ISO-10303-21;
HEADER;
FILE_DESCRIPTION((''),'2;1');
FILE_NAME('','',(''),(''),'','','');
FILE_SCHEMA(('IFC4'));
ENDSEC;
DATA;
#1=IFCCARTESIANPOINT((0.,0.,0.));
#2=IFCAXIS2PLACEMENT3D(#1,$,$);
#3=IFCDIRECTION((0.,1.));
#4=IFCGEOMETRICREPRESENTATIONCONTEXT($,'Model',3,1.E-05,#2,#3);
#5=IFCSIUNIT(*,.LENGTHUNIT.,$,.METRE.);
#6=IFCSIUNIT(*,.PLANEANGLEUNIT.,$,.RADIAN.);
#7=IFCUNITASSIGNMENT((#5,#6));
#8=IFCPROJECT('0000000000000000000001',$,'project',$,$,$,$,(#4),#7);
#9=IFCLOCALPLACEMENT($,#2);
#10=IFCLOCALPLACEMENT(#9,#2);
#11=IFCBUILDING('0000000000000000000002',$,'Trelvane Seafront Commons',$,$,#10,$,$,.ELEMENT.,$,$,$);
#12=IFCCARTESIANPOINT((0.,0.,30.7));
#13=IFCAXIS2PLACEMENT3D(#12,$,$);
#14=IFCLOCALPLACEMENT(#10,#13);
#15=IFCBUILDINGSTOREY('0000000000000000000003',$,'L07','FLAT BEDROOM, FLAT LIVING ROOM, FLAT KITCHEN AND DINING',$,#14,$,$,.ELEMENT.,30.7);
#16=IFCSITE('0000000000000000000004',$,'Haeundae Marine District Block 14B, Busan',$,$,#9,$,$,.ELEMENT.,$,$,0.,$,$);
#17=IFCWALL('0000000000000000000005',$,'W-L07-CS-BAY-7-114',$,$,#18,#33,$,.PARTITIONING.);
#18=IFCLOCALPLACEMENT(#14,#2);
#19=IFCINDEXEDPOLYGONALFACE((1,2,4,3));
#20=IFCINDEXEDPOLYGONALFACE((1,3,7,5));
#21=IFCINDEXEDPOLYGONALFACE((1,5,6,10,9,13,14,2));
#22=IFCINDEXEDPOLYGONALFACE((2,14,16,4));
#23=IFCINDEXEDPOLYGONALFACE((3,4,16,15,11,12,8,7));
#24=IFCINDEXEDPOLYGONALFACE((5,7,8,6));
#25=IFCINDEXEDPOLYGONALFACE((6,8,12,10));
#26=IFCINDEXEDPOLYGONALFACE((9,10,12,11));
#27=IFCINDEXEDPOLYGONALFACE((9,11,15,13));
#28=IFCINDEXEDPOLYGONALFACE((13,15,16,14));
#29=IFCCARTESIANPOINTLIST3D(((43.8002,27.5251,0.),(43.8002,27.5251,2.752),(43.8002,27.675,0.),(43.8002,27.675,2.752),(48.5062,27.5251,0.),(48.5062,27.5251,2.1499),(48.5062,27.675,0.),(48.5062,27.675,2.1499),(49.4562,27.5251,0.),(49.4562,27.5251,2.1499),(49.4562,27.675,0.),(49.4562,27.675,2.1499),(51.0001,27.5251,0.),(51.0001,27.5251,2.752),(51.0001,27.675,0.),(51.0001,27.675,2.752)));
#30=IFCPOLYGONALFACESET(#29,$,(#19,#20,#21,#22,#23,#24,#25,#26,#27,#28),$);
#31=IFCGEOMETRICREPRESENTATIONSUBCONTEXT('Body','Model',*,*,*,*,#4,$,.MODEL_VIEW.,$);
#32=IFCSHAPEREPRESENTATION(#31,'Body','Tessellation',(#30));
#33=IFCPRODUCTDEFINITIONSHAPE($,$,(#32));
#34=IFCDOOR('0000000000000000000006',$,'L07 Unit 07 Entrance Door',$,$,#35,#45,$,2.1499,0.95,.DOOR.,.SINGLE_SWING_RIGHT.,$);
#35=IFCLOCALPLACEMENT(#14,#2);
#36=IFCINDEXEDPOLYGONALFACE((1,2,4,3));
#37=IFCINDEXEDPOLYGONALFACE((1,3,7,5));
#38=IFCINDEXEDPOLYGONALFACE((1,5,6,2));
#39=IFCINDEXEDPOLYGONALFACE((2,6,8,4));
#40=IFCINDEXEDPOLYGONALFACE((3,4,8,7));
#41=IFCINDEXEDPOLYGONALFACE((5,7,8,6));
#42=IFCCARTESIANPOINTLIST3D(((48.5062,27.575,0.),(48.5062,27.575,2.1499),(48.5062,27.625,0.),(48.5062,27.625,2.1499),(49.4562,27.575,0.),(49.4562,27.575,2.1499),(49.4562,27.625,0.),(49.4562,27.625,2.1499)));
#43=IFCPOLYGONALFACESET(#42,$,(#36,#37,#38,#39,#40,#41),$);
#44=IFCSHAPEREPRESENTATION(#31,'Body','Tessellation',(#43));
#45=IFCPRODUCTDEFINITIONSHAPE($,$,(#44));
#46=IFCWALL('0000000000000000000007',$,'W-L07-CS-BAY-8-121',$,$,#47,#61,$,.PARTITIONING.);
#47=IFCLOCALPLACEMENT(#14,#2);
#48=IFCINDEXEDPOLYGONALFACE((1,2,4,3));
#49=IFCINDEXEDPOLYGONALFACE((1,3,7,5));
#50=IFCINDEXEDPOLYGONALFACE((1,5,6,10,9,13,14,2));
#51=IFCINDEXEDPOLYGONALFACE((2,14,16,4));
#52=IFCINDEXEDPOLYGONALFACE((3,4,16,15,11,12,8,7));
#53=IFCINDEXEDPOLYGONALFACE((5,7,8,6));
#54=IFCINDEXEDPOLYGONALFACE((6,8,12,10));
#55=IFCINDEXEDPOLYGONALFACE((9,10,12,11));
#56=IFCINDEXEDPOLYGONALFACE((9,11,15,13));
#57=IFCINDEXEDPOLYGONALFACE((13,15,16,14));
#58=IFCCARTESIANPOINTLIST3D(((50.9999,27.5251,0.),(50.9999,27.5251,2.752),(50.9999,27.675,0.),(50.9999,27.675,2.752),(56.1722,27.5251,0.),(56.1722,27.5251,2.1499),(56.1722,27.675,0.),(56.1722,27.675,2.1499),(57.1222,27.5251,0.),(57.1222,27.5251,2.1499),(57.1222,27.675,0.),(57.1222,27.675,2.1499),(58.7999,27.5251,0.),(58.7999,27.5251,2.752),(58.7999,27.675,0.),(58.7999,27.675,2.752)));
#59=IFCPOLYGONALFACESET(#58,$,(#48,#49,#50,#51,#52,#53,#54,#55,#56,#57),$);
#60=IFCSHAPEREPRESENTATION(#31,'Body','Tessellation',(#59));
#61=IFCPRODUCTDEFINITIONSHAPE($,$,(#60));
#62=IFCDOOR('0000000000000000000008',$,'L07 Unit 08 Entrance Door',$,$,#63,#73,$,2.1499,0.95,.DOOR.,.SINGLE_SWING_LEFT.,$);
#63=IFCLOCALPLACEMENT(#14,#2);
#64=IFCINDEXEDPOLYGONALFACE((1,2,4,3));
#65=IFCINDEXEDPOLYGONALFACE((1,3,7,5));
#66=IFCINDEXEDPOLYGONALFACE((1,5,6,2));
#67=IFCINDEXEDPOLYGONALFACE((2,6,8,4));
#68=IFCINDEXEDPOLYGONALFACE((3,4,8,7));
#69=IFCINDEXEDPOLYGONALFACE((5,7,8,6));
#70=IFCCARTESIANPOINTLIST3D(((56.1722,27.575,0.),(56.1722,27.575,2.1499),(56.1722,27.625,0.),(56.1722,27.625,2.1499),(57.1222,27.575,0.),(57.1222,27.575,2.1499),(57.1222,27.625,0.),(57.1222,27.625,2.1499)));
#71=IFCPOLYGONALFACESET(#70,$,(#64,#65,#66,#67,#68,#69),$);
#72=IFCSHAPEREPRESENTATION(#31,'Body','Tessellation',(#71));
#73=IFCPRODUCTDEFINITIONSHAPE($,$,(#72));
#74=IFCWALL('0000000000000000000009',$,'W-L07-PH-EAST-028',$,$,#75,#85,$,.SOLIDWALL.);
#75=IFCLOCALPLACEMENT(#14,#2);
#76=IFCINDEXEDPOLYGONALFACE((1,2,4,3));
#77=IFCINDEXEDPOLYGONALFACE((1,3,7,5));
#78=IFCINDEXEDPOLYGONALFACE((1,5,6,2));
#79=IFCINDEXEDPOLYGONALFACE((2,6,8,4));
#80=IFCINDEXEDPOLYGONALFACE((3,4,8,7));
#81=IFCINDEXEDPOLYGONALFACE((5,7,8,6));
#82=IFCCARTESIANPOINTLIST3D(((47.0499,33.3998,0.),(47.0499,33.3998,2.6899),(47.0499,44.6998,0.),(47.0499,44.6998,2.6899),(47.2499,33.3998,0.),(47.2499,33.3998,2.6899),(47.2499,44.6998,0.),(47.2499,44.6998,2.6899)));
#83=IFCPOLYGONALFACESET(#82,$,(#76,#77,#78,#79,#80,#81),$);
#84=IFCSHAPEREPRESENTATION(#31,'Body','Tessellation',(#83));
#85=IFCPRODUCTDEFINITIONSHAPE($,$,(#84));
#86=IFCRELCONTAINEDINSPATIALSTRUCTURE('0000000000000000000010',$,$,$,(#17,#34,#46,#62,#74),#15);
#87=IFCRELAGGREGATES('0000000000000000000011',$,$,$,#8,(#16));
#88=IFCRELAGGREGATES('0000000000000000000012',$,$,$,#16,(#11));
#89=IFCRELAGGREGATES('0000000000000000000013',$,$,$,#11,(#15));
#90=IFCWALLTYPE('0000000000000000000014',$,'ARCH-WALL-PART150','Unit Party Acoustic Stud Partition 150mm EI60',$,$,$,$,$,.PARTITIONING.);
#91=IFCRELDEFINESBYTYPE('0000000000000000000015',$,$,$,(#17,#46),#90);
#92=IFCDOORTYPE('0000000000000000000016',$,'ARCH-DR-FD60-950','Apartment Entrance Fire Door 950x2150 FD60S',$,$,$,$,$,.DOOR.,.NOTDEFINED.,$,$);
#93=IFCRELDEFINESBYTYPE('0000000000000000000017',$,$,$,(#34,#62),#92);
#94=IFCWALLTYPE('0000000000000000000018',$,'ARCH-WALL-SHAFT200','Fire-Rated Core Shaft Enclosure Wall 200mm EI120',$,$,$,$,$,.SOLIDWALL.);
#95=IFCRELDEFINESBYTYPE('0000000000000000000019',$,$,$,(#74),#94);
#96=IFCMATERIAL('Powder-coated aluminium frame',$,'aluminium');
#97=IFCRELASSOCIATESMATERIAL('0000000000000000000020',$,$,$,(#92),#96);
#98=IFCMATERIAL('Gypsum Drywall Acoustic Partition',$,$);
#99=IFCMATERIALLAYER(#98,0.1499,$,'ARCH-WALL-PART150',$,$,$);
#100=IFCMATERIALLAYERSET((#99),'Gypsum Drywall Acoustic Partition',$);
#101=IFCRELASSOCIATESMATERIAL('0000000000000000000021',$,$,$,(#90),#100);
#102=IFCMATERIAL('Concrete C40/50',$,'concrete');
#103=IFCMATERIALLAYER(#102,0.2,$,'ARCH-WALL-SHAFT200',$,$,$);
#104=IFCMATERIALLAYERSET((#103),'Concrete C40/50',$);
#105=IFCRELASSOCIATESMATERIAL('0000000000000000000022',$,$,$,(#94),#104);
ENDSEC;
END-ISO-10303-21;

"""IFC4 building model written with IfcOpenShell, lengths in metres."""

from ifc_helpers import new_model, si_unit, direction, frame, frame_2d, origin, place, context, subcontext, project, spatial, rectangle, extrude, source, transform, mapped, material, layer, layer_set, type_object, element, fill, save


model = new_model("IFC4")

# Units and contexts
model_context = context("Model", 3, precision=1e-05, world=origin(), true_north=direction((0.0, 1.0)))
body_context = subcontext(model_context, "Body", "Model", "MODEL_VIEW")
ifc_project = project(units=[si_unit("LENGTHUNIT", "METRE"), si_unit("PLANEANGLEUNIT", "RADIAN")], contexts=[model_context])

# Site, building, storey
site_placement = place(None, origin())
site = spatial("IfcSite", under=ifc_project, at=site_placement, Name="Haeundae Marine District Block 14B, Busan", CompositionType="ELEMENT", RefElevation=0.0)
building_placement = place(site_placement, origin())
building = spatial("IfcBuilding", under=site, at=building_placement, Name="Trelvane Seafront Commons", CompositionType="ELEMENT")
storey_placement = place(building_placement, frame((0.0, 0.0, 30.7)))
storey = spatial("IfcBuildingStorey", under=building, at=storey_placement, Name="L07", Description="FLAT BEDROOM, FLAT LIVING ROOM, FLAT KITCHEN AND DINING", CompositionType="ELEMENT", Elevation=30.7)

# Shared definitions
ifc_material_1 = material(Name="Concrete C40/50", Category="concrete")
ifc_material_2 = material(Name="Powder-coated aluminium frame", Category="aluminium")
door_type_1 = type_object("IfcDoorType", Name="ARCH-DR-FD60-950", Description="Apartment Entrance Fire Door 950x2150 FD60S", OperationType="NOTDEFINED", PredefinedType="DOOR", material=ifc_material_2)
shared_shape_1 = source(origin(), body_context, "Body", "SweptSolid", [
    extrude(rectangle(XDim=0.95, YDim=2.1499, at=frame_2d((0.4751, 1.075))), frame((0.0, 0.0249, 0.0), z_axis=(0.0, -1.0, 0.0), x_axis=(1.0, 0.0, 0.0)), (0.0, 0.0, 1.0), 0.05),
])
ifc_material_3 = material(Name="Gypsum Drywall Acoustic Partition")

# Walls, openings, doors
ifc_layer_1 = layer(ifc_material_3, 0.1499, Name="ARCH-WALL-PART150")
ifc_layer_set_1 = layer_set([ifc_layer_1], Name="Gypsum Drywall Acoustic Partition")
wall_type_1 = type_object("IfcWallType", Name="ARCH-WALL-PART150", Description="Unit Party Acoustic Stud Partition 150mm EI60", PredefinedType="PARTITIONING", material=ifc_layer_set_1)
wall_1_placement = place(storey_placement, frame((43.8, 27.6001, 0.0), z_axis=(0.0, 0.0, 1.0), x_axis=(1.0, 0.0, 0.0)))
wall_1 = element("IfcWall", 1, at=wall_1_placement, inside=storey, type_object=wall_type_1, Name="W-L07-CS-BAY-7-114", PredefinedType="PARTITIONING", context=body_context, shape_type="SweptSolid", body=[
    extrude(rectangle(XDim=7.2, YDim=0.1499, at=frame_2d((3.6001, 0.0))), origin(), (0.0, 0.0, 1.0), 2.752),
])
opening_1_placement = place(wall_1_placement, frame((4.7061, 0.0, 0.0)))
opening_1 = element("IfcOpeningElement", 2, at=opening_1_placement, cuts=wall_1, PredefinedType="OPENING", context=body_context, shape_type="SweptSolid", body=[
    extrude(rectangle(XDim=0.95, YDim=2.1499, at=frame_2d((0.4751, 1.075))), frame((0.0, 0.085, 0.0), z_axis=(0.0, -1.0, 0.0), x_axis=(1.0, 0.0, 0.0)), (0.0, 0.0, 1.0), 0.1699),
])
door_1_placement = place(opening_1_placement, origin())
door_1 = element("IfcDoor", 3, at=door_1_placement, inside=storey, type_object=door_type_1, Name="L07 Unit 07 Entrance Door", OperationType="SINGLE_SWING_RIGHT", OverallHeight=2.1499, OverallWidth=0.95, PredefinedType="DOOR", context=body_context, shape_type="MappedRepresentation", body=[
    mapped(shared_shape_1, transform((0.0, 0.0, 0.0), x_axis=(1.0, 0.0, 0.0), y_axis=(0.0, 1.0, 0.0), z_axis=(0.0, 0.0, 1.0), scale=1.0)),
])
fill(opening_1, door_1)
wall_2_placement = place(storey_placement, frame((51.0, 27.6001, 0.0), z_axis=(0.0, 0.0, 1.0), x_axis=(1.0, 0.0, 0.0)))
wall_2 = element("IfcWall", 4, at=wall_2_placement, inside=storey, type_object=wall_type_1, Name="W-L07-CS-BAY-8-121", PredefinedType="PARTITIONING", context=body_context, shape_type="SweptSolid", body=[
    extrude(rectangle(XDim=7.8, YDim=0.1499, at=frame_2d((3.8999, 0.0))), origin(), (0.0, 0.0, 1.0), 2.752),
])
opening_2_placement = place(wall_2_placement, frame((5.1721, 0.0, 0.0)))
opening_2 = element("IfcOpeningElement", 5, at=opening_2_placement, cuts=wall_2, PredefinedType="OPENING", context=body_context, shape_type="SweptSolid", body=[
    extrude(rectangle(XDim=0.95, YDim=2.1499, at=frame_2d((0.4751, 1.075))), frame((0.0, 0.085, 0.0), z_axis=(0.0, -1.0, 0.0), x_axis=(1.0, 0.0, 0.0)), (0.0, 0.0, 1.0), 0.1699),
])
door_2_placement = place(opening_2_placement, origin())
door_2 = element("IfcDoor", 6, at=door_2_placement, inside=storey, type_object=door_type_1, Name="L07 Unit 08 Entrance Door", OperationType="SINGLE_SWING_LEFT", OverallHeight=2.1499, OverallWidth=0.95, PredefinedType="DOOR", context=body_context, shape_type="MappedRepresentation", body=[
    mapped(shared_shape_1, transform((0.0, 0.0, 0.0), x_axis=(1.0, 0.0, 0.0), y_axis=(0.0, 1.0, 0.0), z_axis=(0.0, 0.0, 1.0), scale=1.0)),
])
fill(opening_2, door_2)

# Wall
ifc_layer_2 = layer(ifc_material_1, 0.2, Name="ARCH-WALL-SHAFT200")
ifc_layer_set_2 = layer_set([ifc_layer_2], Name="Concrete C40/50")
wall_type_2 = type_object("IfcWallType", Name="ARCH-WALL-SHAFT200", Description="Fire-Rated Core Shaft Enclosure Wall 200mm EI120", PredefinedType="SOLIDWALL", material=ifc_layer_set_2)
wall_3_placement = place(storey_placement, frame((47.1499, 33.3999, 0.0), z_axis=(0.0, 0.0, 1.0), x_axis=(0.0, 1.0, 0.0)))
element("IfcWall", 7, at=wall_3_placement, inside=storey, type_object=wall_type_2, Name="W-L07-PH-EAST-028", PredefinedType="SOLIDWALL", context=body_context, shape_type="SweptSolid", body=[
    extrude(rectangle(XDim=11.3, YDim=0.2, at=frame_2d((5.6499, 0.0))), origin(), (0.0, 0.0, 1.0), 2.6899),
])

save(model, "model.ifc")
